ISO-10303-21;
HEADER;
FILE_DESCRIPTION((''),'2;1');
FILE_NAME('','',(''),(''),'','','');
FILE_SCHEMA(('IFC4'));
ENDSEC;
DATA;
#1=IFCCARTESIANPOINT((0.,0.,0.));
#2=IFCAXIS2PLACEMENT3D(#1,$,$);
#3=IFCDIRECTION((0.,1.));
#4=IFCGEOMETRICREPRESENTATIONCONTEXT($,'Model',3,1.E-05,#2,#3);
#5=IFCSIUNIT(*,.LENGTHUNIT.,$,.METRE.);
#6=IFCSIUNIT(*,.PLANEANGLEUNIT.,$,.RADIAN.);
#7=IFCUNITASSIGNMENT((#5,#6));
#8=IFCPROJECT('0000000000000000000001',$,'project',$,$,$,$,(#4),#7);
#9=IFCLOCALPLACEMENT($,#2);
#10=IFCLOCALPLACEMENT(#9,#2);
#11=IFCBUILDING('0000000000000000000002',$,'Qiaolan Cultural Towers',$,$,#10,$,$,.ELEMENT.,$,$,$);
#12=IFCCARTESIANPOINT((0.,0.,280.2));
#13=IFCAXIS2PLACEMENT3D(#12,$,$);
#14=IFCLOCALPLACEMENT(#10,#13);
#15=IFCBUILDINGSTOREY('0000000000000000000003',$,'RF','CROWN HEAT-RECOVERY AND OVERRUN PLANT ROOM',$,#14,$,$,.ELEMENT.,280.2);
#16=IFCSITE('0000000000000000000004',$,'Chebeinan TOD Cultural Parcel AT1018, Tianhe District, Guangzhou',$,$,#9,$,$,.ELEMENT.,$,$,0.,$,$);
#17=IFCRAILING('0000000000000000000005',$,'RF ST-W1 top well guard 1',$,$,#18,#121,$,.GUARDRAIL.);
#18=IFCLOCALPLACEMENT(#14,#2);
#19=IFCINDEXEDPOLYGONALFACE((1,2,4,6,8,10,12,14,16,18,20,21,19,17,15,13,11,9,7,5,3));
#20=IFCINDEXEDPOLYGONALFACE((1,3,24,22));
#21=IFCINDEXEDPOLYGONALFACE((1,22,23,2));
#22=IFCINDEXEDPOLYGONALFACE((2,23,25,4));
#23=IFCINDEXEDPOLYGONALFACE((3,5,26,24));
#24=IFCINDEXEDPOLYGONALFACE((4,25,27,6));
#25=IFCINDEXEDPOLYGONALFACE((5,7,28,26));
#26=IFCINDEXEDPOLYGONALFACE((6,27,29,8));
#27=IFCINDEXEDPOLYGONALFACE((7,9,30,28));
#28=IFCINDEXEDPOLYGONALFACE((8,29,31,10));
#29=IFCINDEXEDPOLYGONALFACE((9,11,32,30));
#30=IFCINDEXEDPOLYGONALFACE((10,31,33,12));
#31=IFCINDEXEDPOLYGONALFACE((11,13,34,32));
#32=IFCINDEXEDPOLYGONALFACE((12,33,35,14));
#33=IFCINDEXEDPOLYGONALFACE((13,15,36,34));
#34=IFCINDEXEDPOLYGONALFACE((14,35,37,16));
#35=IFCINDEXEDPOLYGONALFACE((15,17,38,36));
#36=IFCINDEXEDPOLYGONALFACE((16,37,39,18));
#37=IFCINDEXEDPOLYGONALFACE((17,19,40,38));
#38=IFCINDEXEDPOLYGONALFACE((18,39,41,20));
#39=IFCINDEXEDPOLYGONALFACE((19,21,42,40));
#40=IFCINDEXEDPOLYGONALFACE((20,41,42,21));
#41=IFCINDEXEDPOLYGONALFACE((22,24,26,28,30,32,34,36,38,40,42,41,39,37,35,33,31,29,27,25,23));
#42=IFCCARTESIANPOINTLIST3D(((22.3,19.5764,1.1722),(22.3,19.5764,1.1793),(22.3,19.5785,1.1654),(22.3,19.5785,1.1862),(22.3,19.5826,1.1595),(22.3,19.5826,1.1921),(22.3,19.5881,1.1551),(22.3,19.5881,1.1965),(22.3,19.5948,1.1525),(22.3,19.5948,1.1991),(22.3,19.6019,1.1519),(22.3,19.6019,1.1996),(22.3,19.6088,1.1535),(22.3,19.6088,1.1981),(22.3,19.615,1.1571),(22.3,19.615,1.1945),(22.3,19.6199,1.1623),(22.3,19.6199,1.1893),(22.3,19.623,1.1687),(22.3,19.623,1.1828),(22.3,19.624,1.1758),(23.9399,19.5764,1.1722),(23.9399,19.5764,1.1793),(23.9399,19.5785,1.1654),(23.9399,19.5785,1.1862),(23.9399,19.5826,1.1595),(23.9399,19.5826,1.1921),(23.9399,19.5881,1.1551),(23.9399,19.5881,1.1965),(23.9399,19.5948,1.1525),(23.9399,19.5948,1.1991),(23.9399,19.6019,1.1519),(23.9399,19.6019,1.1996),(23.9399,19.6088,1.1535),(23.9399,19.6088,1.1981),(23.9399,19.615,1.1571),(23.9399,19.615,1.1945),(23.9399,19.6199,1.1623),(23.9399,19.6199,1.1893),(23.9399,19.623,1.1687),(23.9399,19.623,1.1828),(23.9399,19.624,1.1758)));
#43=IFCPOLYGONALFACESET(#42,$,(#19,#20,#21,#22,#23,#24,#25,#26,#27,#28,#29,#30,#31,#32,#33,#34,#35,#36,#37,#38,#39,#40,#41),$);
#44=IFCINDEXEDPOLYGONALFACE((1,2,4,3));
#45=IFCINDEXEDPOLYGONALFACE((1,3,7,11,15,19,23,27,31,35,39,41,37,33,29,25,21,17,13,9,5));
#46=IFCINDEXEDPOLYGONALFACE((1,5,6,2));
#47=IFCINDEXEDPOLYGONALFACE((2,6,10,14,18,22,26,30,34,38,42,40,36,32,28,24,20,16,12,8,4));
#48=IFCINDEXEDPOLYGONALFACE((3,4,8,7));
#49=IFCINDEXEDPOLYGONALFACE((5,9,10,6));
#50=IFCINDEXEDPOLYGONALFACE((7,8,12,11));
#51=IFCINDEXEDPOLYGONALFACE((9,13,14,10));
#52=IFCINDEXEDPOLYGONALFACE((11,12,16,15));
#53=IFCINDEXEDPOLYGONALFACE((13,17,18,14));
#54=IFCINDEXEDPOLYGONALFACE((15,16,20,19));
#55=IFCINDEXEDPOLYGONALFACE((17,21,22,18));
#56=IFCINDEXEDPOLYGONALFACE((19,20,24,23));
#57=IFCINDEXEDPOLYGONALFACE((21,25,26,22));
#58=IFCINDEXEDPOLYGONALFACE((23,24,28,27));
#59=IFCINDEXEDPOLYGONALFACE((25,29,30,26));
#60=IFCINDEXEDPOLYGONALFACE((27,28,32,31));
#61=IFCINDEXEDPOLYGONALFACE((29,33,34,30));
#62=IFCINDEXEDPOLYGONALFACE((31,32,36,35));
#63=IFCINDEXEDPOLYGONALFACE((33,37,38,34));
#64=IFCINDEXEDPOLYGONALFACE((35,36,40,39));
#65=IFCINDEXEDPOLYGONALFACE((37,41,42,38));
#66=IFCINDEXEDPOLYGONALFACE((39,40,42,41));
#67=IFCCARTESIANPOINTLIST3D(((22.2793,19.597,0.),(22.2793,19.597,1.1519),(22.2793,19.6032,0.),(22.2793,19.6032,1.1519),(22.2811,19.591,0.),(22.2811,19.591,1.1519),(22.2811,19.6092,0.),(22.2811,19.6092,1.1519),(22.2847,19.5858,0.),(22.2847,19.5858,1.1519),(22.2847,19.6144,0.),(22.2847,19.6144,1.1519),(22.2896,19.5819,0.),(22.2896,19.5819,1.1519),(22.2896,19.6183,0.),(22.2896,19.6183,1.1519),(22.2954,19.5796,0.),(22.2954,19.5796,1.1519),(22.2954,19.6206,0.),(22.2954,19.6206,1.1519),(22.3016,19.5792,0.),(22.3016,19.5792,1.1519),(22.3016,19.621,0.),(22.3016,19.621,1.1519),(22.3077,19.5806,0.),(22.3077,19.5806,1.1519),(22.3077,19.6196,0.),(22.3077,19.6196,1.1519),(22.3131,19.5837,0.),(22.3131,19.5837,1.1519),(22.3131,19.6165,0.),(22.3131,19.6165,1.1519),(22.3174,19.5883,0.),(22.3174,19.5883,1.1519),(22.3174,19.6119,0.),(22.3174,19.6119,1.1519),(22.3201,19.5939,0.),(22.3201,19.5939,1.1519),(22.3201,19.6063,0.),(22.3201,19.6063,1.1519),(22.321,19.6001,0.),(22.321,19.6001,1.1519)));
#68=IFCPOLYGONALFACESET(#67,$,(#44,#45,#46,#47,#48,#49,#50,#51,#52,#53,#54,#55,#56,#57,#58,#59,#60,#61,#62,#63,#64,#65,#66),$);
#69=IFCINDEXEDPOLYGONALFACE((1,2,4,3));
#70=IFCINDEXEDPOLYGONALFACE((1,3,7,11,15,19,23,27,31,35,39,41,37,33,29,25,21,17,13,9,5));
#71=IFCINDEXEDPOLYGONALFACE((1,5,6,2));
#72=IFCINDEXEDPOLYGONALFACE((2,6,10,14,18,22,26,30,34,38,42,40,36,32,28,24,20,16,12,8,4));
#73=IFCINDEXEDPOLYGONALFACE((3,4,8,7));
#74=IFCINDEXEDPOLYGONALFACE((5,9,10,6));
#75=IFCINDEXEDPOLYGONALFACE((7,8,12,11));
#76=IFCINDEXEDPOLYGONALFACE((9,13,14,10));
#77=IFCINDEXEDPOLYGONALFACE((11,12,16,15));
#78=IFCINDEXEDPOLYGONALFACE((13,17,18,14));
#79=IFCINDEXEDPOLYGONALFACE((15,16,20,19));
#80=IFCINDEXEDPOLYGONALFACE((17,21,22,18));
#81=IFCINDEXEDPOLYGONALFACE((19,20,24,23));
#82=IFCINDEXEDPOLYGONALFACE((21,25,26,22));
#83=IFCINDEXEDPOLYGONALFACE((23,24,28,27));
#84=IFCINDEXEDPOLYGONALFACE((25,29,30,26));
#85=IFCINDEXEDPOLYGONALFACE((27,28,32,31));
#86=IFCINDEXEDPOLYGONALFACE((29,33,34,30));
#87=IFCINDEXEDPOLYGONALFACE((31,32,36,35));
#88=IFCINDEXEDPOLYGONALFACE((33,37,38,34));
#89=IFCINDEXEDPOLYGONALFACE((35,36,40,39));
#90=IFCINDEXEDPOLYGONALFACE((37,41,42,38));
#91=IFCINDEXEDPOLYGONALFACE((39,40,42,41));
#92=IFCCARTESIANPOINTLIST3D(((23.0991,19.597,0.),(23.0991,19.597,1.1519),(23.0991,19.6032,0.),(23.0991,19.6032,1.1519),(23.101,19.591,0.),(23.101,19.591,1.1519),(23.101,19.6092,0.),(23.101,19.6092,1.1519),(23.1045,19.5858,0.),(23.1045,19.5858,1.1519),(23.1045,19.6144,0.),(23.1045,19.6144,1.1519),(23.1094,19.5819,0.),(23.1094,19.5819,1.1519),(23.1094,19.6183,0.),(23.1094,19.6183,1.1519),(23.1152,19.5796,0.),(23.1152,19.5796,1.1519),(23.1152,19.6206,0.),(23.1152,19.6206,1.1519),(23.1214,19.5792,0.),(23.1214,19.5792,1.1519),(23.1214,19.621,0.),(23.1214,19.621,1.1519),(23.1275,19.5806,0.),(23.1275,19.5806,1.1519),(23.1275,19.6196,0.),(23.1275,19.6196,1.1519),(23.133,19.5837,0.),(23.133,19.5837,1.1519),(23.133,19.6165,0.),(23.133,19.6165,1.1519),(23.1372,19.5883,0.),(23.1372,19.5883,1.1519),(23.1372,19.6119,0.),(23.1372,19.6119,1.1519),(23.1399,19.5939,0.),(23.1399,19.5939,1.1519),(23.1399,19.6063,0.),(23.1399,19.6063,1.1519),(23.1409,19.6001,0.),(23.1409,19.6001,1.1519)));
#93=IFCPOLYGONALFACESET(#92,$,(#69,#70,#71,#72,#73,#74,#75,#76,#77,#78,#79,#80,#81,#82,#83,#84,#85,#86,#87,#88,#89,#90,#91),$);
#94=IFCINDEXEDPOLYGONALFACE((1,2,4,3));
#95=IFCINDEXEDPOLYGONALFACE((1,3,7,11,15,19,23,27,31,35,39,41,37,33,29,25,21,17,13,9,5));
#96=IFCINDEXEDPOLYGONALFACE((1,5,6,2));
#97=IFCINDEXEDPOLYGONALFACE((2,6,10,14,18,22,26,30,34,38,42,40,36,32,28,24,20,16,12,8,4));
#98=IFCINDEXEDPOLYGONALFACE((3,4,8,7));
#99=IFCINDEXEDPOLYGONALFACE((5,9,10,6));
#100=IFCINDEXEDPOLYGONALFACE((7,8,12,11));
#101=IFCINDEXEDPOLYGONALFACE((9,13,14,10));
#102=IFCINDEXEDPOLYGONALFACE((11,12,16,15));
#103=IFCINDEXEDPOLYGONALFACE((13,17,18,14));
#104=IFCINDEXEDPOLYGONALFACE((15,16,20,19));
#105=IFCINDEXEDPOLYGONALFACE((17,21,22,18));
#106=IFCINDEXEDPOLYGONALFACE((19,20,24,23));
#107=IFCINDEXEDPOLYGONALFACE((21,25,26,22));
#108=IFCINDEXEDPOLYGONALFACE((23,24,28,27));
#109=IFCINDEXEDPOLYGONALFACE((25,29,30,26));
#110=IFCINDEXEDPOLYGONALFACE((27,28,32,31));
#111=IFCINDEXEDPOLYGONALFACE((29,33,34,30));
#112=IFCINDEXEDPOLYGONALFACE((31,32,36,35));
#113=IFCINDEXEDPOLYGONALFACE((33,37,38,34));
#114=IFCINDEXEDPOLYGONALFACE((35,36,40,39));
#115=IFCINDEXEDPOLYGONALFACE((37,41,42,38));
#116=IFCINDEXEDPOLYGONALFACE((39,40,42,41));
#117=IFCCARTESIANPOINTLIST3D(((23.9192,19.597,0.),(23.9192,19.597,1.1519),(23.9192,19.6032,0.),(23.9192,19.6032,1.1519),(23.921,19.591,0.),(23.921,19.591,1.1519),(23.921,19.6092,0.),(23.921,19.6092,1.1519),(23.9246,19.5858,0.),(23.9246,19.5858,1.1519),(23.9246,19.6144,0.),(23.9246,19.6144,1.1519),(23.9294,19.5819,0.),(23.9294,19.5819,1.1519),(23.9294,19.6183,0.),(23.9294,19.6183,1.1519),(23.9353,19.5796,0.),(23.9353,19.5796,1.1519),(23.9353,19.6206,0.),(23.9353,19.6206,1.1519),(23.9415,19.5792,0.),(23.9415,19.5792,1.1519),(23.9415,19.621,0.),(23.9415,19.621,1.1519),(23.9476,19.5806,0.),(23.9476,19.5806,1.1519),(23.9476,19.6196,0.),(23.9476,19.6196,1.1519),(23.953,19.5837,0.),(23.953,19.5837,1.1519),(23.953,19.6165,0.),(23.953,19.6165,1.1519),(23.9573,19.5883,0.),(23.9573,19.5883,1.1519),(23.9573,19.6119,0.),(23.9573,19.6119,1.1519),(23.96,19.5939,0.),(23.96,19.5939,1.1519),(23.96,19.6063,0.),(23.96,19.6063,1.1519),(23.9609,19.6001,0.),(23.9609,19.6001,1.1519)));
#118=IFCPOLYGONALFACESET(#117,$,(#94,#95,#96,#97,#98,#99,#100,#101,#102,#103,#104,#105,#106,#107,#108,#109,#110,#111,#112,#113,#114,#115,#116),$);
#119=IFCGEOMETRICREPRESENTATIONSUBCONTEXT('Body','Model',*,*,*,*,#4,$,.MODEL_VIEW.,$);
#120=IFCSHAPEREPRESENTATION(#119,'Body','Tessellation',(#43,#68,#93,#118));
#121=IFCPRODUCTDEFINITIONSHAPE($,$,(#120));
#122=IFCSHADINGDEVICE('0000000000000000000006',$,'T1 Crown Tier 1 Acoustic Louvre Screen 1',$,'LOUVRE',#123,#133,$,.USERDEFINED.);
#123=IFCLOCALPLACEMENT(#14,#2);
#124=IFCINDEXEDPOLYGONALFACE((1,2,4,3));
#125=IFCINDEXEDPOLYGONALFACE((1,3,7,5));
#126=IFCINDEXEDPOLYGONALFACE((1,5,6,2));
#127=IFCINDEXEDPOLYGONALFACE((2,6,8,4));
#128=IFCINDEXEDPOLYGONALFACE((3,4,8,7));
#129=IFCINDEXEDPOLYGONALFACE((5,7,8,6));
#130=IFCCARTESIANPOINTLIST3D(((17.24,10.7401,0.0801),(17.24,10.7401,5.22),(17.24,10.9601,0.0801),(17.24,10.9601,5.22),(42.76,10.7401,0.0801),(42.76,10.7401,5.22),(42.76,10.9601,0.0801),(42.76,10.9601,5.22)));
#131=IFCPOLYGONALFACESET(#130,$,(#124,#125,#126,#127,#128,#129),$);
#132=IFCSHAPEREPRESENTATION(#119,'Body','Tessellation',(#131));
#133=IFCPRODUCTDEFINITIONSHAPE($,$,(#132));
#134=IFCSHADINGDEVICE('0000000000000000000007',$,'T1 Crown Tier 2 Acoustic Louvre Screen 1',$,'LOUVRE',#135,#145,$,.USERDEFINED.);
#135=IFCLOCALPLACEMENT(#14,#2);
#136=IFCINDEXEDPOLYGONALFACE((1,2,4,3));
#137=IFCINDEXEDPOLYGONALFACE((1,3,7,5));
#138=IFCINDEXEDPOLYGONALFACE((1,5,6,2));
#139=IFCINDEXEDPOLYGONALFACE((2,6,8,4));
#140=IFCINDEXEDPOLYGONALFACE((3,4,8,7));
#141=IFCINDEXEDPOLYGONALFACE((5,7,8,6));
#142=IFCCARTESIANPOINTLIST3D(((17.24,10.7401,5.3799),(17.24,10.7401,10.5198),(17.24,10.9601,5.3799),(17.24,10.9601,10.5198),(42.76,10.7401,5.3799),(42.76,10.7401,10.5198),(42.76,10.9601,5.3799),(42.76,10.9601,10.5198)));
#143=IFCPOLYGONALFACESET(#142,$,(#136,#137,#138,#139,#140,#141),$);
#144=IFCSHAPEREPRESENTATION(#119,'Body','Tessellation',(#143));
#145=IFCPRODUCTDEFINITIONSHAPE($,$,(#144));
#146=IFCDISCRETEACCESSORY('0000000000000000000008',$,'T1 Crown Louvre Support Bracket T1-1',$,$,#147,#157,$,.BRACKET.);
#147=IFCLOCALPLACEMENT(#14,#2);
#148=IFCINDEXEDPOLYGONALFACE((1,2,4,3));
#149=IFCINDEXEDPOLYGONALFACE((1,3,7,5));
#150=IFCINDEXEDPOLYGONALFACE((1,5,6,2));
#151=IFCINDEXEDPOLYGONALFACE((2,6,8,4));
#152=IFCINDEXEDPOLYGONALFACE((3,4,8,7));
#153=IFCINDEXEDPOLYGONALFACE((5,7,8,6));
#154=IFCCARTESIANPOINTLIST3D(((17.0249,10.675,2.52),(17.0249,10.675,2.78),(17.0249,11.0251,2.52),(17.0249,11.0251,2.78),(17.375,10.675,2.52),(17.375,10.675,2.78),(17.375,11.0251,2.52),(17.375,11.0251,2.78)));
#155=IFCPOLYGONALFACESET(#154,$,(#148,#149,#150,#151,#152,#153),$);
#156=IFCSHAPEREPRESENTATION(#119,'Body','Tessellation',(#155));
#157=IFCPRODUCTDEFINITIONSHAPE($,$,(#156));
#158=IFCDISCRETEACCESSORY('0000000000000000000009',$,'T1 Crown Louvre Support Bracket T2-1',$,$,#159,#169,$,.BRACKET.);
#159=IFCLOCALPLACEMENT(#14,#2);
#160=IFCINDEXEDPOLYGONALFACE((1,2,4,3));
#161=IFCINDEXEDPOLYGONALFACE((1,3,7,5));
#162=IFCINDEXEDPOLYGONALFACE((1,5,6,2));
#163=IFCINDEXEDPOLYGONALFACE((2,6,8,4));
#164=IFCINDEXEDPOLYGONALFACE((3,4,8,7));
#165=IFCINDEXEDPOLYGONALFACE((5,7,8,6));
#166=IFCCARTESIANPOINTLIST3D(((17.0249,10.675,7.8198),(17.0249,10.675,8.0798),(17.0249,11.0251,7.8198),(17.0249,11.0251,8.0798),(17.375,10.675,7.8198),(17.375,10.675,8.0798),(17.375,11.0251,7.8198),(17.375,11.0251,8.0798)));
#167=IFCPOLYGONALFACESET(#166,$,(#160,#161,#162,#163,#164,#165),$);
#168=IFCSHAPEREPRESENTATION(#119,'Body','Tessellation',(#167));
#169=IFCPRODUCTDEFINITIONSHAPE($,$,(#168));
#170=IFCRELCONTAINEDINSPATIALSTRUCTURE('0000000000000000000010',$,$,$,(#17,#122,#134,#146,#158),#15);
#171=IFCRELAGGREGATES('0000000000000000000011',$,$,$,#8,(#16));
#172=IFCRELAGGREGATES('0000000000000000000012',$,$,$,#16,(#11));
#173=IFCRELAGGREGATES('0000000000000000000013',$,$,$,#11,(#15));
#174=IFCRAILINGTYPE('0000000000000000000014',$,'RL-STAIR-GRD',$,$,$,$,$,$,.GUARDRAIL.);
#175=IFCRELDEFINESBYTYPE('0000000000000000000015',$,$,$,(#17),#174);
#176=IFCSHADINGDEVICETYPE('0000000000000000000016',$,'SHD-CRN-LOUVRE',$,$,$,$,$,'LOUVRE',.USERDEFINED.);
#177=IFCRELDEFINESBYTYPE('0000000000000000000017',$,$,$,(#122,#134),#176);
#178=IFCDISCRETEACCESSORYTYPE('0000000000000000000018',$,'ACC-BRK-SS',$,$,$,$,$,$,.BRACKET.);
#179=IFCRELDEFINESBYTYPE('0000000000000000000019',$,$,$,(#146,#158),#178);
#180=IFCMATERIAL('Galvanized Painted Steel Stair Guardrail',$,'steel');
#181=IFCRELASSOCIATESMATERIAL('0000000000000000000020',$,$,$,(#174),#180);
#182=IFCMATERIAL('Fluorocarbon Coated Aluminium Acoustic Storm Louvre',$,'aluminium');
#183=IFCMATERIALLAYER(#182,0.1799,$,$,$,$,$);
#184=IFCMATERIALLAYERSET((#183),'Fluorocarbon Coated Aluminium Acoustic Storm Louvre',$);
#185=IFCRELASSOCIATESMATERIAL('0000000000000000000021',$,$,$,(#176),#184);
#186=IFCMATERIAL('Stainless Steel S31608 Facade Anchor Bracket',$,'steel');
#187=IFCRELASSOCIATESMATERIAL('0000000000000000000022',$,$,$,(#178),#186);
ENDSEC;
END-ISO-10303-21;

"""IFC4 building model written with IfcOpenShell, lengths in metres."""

from ifc_helpers import new_model, si_unit, direction, frame, origin, origin_2d, place, context, subcontext, project, spatial, rectangle, circle, extrude, material, layer, layer_set, type_object, element, save


model = new_model("IFC4")

# Units and contexts
model_context = context("Model", 3, precision=1e-05, world=origin(), true_north=direction((0.0, 1.0)))
body_context = subcontext(model_context, "Body", "Model", "MODEL_VIEW")
ifc_project = project(units=[si_unit("LENGTHUNIT", "METRE"), si_unit("PLANEANGLEUNIT", "RADIAN")], contexts=[model_context])

# Site, building, storey
site_placement = place(None, origin())
site = spatial("IfcSite", under=ifc_project, at=site_placement, Name="Chebeinan TOD Cultural Parcel AT1018, Tianhe District, Guangzhou", CompositionType="ELEMENT", RefElevation=0.0)
building_placement = place(site_placement, origin())
building = spatial("IfcBuilding", under=site, at=building_placement, Name="Qiaolan Cultural Towers", CompositionType="ELEMENT")
storey_placement = place(building_placement, frame((0.0, 0.0, 280.2)))
storey = spatial("IfcBuildingStorey", under=building, at=storey_placement, Name="RF", Description="CROWN HEAT-RECOVERY AND OVERRUN PLANT ROOM", CompositionType="ELEMENT", Elevation=280.2)

# Railing
ifc_material_1 = material(Name="Galvanized Painted Steel Stair Guardrail", Category="steel")
railing_type = type_object("IfcRailingType", Name="RL-STAIR-GRD", PredefinedType="GUARDRAIL", material=ifc_material_1)
railing_placement = place(storey_placement, frame((22.3, 19.6001, 0.0)))
element("IfcRailing", 1, at=railing_placement, inside=storey, type_object=railing_type, Name="RF ST-W1 top well guard 1", PredefinedType="GUARDRAIL", context=body_context, shape_type="SweptSolid", body=[
    extrude(circle(Radius=0.0239, at=origin_2d()), frame((0.0, 0.0, 1.1758), z_axis=(1.0, 0.0, 0.0), x_axis=(0.0, 1.0, 0.0)), (0.0, 0.0, 1.0), 1.6399),
    extrude(circle(Radius=0.021, at=origin_2d()), origin(), (0.0, 0.0, 1.0), 1.1519),
    extrude(circle(Radius=0.021, at=origin_2d()), frame((0.8198, 0.0, 0.0)), (0.0, 0.0, 1.0), 1.1519),
    extrude(circle(Radius=0.021, at=origin_2d()), frame((1.6399, 0.0, 0.0)), (0.0, 0.0, 1.0), 1.1519),
])

# Shading devices
ifc_material_2 = material(Name="Fluorocarbon Coated Aluminium Acoustic Storm Louvre", Category="aluminium")
ifc_layer_1 = layer(ifc_material_2, 0.1799)
ifc_layer_set_1 = layer_set([ifc_layer_1], Name="Fluorocarbon Coated Aluminium Acoustic Storm Louvre")
shading_device_type = type_object("IfcShadingDeviceType", Name="SHD-CRN-LOUVRE", ElementType="LOUVRE", PredefinedType="USERDEFINED", material=ifc_layer_set_1)
for number, where, z_axis, x_axis, name in (
    (2, (30.0, 10.8501, 0.0801), (0.0, 0.0, 1.0), (1.0, 0.0, 0.0), "T1 Crown Tier 1 Acoustic Louvre Screen 1"),
    (3, (30.0, 10.8501, 5.3799), (0.0, 0.0, 1.0), (1.0, 0.0, 0.0), "T1 Crown Tier 2 Acoustic Louvre Screen 1"),
):
    element("IfcShadingDevice", number, at=place(storey_placement, frame(where, z_axis=z_axis, x_axis=x_axis)), inside=storey, type_object=shading_device_type, Name=name, ObjectType="LOUVRE", PredefinedType="USERDEFINED", context=body_context, shape_type="SweptSolid", body=[
        extrude(rectangle(XDim=25.52, YDim=0.22, at=origin_2d()), origin(), (0.0, 0.0, 1.0), 5.1399),
    ])

# Discrete accessories
ifc_material_3 = material(Name="Stainless Steel S31608 Facade Anchor Bracket", Category="steel")
discrete_accessory_type = type_object("IfcDiscreteAccessoryType", Name="ACC-BRK-SS", PredefinedType="BRACKET", material=ifc_material_3)
for number, where, z_axis, x_axis, name in (
    (4, (17.2, 10.8501, 2.52), (0.0, 0.0, 1.0), (1.0, 0.0, 0.0), "T1 Crown Louvre Support Bracket T1-1"),
    (5, (17.2, 10.8501, 7.8198), (0.0, 0.0, 1.0), (1.0, 0.0, 0.0), "T1 Crown Louvre Support Bracket T2-1"),
):
    element("IfcDiscreteAccessory", number, at=place(storey_placement, frame(where, z_axis=z_axis, x_axis=x_axis)), inside=storey, type_object=discrete_accessory_type, Name=name, PredefinedType="BRACKET", context=body_context, shape_type="SweptSolid", body=[
        extrude(rectangle(XDim=0.3501, YDim=0.3501, at=origin_2d()), origin(), (0.0, 0.0, 1.0), 0.26),
    ])

save(model, "model.ifc")
